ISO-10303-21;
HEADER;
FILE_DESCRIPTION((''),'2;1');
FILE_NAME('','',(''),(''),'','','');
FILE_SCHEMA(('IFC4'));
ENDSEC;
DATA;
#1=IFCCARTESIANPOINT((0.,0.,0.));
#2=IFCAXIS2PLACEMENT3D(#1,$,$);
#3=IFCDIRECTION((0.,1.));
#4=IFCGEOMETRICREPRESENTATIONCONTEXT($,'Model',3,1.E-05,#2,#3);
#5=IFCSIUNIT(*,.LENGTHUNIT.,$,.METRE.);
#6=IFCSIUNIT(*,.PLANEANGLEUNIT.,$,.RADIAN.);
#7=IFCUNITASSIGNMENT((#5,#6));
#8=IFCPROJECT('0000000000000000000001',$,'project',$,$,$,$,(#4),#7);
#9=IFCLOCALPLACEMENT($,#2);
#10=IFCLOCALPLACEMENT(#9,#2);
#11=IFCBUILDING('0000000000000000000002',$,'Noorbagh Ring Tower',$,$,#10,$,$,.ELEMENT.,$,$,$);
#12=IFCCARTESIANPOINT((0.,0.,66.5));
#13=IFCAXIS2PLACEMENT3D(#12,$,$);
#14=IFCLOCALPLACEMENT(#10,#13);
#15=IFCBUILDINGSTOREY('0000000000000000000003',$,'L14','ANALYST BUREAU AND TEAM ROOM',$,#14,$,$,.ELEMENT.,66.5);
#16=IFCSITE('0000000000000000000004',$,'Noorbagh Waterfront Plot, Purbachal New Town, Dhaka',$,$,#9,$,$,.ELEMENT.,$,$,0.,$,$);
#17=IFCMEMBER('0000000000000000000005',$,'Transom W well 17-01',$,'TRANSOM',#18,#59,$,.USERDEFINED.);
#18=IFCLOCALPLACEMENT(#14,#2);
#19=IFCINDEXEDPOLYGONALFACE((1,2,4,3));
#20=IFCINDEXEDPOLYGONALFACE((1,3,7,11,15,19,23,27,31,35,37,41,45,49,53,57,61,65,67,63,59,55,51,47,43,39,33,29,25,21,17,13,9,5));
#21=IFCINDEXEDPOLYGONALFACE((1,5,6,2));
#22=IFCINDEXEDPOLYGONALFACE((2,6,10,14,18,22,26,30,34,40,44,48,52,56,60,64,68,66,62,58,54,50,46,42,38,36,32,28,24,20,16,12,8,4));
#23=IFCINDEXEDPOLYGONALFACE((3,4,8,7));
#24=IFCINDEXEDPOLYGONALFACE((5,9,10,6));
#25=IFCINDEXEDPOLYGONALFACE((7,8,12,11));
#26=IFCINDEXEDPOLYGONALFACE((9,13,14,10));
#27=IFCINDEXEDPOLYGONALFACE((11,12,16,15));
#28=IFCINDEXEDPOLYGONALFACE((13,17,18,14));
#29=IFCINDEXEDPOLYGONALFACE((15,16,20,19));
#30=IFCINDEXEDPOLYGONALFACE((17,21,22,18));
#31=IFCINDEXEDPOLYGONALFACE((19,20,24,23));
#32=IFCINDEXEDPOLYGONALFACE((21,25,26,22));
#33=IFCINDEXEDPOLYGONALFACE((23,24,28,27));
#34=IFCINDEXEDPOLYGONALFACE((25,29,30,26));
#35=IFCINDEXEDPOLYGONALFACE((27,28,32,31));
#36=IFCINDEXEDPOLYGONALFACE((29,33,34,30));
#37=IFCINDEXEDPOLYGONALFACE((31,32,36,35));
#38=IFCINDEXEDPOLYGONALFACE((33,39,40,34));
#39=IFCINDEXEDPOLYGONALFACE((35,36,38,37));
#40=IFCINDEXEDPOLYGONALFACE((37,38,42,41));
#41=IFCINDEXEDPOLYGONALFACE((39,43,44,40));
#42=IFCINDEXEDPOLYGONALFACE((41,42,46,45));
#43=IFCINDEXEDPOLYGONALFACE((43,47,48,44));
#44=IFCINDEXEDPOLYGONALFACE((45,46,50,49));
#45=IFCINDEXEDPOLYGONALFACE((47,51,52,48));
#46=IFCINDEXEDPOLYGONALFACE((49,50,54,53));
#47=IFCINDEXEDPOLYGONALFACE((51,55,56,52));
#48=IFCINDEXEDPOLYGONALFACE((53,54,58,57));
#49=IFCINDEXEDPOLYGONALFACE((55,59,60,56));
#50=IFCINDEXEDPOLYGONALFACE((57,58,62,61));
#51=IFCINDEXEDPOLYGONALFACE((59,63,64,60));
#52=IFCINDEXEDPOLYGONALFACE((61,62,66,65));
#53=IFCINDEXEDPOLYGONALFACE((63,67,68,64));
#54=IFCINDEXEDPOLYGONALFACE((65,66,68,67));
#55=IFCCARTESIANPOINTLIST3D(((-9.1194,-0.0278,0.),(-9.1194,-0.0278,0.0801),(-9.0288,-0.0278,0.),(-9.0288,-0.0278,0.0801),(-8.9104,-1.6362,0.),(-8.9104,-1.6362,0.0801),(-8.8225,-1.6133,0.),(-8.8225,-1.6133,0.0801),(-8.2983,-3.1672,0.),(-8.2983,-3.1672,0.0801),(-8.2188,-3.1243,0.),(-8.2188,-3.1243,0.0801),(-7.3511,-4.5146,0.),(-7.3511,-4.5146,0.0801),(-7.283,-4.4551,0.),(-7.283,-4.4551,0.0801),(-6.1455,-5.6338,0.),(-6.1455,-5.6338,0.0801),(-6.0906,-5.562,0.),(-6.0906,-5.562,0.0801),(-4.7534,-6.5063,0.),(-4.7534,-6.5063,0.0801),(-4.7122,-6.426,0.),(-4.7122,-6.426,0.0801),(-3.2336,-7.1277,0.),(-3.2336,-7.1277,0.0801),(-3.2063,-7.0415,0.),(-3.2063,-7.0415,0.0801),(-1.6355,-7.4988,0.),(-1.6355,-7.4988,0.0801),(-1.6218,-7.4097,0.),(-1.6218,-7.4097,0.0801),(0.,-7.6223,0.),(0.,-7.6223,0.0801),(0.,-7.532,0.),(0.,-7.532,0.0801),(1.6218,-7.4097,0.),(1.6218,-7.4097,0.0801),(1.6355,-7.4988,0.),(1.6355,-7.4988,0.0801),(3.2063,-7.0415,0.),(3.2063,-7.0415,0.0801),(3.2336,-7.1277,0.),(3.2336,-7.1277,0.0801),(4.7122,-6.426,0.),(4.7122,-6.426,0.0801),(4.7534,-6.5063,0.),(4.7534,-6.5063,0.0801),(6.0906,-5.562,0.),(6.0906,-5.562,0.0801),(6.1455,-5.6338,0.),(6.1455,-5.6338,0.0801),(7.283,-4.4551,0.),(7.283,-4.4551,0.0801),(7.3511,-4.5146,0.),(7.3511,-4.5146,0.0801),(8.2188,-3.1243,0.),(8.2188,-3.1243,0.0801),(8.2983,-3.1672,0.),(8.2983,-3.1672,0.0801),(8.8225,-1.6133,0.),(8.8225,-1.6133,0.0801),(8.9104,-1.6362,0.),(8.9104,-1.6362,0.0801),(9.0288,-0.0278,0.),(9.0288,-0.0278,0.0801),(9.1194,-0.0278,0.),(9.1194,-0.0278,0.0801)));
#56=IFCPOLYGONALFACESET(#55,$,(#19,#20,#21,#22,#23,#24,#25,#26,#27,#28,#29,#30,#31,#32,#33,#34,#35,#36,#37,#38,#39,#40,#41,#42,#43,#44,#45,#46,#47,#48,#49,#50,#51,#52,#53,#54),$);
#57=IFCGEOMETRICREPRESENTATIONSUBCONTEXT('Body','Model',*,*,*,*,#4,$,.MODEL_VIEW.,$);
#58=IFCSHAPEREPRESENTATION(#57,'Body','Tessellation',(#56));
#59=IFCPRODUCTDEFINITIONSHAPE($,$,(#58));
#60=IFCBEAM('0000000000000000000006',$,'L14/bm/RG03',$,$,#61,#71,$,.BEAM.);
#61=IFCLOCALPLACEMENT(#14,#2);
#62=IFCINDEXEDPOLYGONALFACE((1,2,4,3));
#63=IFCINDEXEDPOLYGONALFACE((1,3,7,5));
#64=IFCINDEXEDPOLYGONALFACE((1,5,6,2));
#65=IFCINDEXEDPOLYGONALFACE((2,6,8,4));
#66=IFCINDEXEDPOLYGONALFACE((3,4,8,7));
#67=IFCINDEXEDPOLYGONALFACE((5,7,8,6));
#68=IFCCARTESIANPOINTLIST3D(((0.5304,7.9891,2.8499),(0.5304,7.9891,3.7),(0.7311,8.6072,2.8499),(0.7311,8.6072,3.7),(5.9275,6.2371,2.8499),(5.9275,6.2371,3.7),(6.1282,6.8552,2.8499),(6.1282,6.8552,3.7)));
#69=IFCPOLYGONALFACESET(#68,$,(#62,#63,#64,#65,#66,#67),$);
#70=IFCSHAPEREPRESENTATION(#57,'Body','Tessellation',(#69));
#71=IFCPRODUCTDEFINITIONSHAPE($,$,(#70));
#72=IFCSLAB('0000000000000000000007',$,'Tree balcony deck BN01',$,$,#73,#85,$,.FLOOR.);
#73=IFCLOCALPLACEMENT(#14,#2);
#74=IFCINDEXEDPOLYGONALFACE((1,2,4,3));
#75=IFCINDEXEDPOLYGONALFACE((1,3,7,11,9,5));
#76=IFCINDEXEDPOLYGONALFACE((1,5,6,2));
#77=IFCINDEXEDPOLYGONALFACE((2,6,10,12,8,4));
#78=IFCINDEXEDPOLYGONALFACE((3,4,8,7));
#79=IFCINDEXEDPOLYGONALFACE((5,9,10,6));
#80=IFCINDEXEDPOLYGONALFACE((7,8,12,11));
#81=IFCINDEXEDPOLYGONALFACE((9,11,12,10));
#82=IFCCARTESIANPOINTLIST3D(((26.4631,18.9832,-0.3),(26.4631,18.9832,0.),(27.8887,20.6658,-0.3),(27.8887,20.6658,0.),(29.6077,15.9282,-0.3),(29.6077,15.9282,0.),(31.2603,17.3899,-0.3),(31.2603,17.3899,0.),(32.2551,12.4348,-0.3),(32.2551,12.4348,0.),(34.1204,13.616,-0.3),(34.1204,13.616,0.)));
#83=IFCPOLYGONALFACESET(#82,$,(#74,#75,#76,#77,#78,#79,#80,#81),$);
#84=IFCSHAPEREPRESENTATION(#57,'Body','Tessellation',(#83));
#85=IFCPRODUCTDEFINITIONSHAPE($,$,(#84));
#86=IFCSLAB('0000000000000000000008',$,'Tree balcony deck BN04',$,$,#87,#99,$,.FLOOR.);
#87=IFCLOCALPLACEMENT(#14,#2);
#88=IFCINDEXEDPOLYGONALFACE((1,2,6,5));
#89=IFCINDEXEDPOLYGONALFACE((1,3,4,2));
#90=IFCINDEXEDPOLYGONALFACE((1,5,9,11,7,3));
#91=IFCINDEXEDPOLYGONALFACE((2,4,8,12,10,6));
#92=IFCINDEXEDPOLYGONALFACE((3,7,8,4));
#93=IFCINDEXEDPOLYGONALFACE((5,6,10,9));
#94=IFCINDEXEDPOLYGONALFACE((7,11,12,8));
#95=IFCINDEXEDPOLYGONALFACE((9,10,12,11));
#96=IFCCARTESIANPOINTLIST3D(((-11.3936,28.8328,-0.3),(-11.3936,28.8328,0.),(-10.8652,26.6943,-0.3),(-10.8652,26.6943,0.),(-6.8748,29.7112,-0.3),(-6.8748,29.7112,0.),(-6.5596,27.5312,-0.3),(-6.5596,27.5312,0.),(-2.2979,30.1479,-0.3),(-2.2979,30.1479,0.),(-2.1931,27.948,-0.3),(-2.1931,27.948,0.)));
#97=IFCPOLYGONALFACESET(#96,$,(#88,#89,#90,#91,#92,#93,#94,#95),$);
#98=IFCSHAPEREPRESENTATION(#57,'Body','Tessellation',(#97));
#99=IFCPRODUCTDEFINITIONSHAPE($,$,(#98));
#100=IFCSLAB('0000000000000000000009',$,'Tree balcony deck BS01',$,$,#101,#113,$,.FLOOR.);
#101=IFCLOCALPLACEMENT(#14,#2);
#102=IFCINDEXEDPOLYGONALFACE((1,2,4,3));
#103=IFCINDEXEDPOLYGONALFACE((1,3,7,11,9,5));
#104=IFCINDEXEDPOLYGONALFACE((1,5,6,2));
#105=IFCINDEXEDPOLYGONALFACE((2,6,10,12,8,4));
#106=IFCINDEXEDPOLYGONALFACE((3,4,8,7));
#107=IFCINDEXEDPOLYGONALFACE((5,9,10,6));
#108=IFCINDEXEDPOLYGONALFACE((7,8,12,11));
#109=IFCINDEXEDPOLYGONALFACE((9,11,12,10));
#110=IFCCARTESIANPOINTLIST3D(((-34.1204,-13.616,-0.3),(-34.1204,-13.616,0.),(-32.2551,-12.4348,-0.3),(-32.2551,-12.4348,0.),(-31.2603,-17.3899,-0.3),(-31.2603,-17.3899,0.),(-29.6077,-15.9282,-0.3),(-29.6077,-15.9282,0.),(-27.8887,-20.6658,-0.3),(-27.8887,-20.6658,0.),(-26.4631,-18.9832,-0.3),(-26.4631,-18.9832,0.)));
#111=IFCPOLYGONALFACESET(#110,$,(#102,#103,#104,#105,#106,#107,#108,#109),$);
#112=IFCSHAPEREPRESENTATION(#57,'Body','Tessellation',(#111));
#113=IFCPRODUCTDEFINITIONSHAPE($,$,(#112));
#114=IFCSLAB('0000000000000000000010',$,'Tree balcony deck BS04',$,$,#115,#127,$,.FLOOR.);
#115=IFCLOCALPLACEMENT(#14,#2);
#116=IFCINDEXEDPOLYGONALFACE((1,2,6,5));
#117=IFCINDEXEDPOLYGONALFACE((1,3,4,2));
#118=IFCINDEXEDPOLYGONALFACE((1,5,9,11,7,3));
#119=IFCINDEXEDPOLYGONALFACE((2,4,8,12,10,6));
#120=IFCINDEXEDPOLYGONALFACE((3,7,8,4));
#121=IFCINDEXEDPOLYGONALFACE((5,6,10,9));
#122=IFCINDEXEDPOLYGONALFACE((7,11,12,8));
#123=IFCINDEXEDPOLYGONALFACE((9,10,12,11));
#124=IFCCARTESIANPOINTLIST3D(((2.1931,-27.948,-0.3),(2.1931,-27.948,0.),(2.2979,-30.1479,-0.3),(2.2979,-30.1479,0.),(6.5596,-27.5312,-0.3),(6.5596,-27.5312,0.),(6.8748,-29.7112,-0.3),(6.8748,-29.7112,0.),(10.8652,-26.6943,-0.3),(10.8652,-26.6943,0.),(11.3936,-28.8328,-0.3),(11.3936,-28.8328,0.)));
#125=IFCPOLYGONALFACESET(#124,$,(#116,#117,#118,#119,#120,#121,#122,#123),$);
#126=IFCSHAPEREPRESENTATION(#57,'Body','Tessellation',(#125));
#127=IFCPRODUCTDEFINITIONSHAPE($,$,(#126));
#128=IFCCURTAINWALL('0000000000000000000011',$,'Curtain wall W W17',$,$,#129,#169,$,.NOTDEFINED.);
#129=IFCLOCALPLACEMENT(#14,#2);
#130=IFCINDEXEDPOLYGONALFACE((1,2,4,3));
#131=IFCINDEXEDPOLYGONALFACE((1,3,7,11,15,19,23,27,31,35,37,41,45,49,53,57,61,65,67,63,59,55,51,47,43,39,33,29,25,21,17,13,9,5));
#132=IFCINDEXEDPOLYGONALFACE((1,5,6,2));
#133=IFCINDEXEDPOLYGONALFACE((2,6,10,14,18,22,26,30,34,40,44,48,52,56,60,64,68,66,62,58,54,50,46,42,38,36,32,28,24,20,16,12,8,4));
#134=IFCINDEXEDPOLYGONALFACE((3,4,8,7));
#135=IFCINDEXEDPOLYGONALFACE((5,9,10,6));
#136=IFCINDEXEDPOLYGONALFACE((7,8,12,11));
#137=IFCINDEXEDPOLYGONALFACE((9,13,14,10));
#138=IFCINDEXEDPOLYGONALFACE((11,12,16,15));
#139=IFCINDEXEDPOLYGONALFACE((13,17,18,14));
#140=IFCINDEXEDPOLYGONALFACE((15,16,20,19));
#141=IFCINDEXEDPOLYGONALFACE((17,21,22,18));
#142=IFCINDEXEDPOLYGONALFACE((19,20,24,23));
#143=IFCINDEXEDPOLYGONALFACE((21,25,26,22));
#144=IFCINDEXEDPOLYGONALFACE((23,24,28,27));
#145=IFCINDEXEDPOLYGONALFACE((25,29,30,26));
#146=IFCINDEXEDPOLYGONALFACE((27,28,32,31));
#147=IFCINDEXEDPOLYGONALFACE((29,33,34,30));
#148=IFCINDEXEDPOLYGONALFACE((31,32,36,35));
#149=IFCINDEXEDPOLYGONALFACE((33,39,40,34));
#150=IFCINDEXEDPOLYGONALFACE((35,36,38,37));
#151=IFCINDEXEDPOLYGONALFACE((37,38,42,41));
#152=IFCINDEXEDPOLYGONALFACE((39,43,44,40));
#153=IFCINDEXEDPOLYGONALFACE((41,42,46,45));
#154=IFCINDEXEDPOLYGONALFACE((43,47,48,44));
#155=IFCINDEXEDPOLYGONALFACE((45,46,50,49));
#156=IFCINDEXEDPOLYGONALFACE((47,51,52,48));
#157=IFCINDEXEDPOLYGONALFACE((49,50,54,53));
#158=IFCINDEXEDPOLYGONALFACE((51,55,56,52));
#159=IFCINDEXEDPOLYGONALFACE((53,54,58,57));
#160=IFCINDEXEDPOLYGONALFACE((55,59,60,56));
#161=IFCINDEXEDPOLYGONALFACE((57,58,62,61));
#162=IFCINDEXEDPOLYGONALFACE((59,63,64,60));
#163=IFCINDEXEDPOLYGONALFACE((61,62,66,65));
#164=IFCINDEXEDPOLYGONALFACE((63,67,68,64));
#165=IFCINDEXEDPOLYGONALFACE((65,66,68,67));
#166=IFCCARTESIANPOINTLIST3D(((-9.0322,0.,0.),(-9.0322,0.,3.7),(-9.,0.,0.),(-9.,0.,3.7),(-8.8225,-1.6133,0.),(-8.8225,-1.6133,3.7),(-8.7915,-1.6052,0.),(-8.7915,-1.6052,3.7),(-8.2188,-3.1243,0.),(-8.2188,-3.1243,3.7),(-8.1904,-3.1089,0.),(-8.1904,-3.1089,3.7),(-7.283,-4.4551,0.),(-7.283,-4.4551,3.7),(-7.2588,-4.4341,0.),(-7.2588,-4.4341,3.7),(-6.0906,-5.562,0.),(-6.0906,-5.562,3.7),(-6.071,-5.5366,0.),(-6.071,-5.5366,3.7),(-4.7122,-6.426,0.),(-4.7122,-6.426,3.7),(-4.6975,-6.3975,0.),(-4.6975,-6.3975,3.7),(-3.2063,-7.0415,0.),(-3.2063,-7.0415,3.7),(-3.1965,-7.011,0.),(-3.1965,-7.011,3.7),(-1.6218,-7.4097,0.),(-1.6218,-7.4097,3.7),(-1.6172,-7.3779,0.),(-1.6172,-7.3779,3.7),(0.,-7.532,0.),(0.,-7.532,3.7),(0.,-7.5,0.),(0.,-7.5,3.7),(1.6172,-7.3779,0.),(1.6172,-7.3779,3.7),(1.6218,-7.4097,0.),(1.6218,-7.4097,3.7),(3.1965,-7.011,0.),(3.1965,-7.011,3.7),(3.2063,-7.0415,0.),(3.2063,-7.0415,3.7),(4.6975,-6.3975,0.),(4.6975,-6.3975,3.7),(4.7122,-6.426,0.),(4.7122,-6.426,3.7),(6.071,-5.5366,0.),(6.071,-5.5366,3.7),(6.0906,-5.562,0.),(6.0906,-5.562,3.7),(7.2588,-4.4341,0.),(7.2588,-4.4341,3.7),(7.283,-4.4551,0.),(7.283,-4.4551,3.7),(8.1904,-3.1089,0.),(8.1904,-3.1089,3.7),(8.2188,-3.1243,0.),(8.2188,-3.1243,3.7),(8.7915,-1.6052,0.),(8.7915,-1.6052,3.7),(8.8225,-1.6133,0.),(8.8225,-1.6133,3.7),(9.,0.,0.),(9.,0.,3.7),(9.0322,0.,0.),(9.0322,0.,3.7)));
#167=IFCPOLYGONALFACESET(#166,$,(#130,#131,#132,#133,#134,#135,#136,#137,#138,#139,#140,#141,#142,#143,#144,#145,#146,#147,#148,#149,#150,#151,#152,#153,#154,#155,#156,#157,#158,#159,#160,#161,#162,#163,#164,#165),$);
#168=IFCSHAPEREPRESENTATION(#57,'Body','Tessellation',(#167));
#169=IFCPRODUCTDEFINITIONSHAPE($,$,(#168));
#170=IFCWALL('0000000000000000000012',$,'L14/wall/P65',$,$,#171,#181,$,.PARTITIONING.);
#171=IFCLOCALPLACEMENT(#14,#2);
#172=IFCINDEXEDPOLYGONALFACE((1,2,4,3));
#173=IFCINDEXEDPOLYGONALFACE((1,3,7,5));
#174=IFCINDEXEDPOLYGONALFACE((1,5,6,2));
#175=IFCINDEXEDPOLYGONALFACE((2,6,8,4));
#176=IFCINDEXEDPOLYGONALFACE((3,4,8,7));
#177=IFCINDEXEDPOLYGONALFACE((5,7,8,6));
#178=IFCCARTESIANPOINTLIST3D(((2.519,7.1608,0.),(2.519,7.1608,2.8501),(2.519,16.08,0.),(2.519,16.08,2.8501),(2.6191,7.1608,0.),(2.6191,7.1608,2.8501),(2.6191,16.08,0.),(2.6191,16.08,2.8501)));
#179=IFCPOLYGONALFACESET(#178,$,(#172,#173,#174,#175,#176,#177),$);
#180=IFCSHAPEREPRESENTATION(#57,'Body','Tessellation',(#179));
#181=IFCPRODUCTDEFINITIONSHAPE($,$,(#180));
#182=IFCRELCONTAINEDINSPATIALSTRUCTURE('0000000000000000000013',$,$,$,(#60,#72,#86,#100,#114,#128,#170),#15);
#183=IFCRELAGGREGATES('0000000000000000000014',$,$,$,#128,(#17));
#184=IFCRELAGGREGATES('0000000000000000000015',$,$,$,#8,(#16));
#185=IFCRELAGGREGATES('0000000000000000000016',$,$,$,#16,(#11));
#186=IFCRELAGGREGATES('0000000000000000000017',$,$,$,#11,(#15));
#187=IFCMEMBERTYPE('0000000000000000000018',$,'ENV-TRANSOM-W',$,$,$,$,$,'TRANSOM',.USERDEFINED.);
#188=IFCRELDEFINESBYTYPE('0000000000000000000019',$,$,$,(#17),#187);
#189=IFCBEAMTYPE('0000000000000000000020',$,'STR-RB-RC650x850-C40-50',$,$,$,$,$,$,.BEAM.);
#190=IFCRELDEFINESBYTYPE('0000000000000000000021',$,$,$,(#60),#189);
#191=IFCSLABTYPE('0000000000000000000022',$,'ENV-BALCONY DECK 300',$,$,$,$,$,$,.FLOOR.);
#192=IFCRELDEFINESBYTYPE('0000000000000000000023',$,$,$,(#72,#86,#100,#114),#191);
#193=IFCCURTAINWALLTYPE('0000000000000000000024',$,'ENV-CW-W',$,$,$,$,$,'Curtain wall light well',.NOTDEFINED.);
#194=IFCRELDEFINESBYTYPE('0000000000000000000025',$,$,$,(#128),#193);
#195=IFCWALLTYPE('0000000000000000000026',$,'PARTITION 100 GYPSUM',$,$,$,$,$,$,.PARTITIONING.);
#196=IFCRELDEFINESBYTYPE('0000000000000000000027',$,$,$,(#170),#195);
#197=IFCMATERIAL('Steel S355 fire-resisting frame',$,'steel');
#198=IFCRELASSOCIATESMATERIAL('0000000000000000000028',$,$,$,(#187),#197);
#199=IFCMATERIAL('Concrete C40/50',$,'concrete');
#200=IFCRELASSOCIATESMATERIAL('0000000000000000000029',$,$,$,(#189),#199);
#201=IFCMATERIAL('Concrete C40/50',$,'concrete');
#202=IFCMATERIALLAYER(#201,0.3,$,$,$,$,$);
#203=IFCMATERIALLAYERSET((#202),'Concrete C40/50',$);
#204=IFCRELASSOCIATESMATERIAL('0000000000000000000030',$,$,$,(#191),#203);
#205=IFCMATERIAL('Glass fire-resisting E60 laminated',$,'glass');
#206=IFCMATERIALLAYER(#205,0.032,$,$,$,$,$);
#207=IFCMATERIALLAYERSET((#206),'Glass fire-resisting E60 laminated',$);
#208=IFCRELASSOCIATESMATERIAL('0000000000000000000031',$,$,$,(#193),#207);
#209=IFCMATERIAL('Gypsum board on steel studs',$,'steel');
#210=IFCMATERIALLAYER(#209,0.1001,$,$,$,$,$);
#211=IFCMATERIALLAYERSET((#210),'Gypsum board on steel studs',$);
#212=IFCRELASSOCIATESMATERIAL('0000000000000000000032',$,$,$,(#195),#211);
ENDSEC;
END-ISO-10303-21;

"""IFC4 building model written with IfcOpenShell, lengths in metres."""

from ifc_helpers import new_model, si_unit, direction, frame, frame_2d, origin, origin_2d, place, context, subcontext, project, spatial, polyline, rectangle, outline, extrude, material, layer, layer_set, material_profile, profile_set, type_object, element, aggregate, save


model = new_model("IFC4")

# Units and contexts
model_context = context("Model", 3, precision=1e-05, world=origin(), true_north=direction((0.0, 1.0)))
body_context = subcontext(model_context, "Body", "Model", "MODEL_VIEW")
ifc_project = project(units=[si_unit("LENGTHUNIT", "METRE"), si_unit("PLANEANGLEUNIT", "RADIAN")], contexts=[model_context])

# Site, building, storey
site_placement = place(None, origin())
site = spatial("IfcSite", under=ifc_project, at=site_placement, Name="Noorbagh Waterfront Plot, Purbachal New Town, Dhaka", CompositionType="ELEMENT", RefElevation=0.0)
building_placement = place(site_placement, origin())
building = spatial("IfcBuilding", under=site, at=building_placement, Name="Noorbagh Ring Tower", CompositionType="ELEMENT")
storey_placement = place(building_placement, frame((0.0, 0.0, 66.5)))
storey = spatial("IfcBuildingStorey", under=building, at=storey_placement, Name="L14", Description="ANALYST BUREAU AND TEAM ROOM", CompositionType="ELEMENT", Elevation=66.5)

# Member
ifc_material_1 = material(Name="Steel S355 fire-resisting frame", Category="steel")
member_type_1 = type_object("IfcMemberType", Name="ENV-TRANSOM-W", ElementType="TRANSOM", PredefinedType="USERDEFINED", material=ifc_material_1)
member_1_placement = place(storey_placement, origin())
member_1 = element("IfcMember", 1, at=member_1_placement, type_object=member_type_1, Name="Transom W well 17-01", ObjectType="TRANSOM", PredefinedType="USERDEFINED", context=body_context, shape_type="SweptSolid", body=[
    extrude(outline(polyline([(-9.1194, -0.0278), (-8.9104, -1.6362), (-8.2983, -3.1672), (-7.3511, -4.5146), (-6.1455, -5.6338), (-4.7534, -6.5063), (-3.2336, -7.1277), (-1.6355, -7.4988), (0.0, -7.6223), (1.6355, -7.4988), (3.2336, -7.1277), (4.7534, -6.5063), (6.1455, -5.6338), (7.3511, -4.5146), (8.2983, -3.1672), (8.9104, -1.6362), (9.1194, -0.0278), (9.0288, -0.0278), (8.8225, -1.6133), (8.2188, -3.1243), (7.283, -4.4551), (6.0906, -5.562), (4.7122, -6.426), (3.2063, -7.0415), (1.6218, -7.4097), (0.0, -7.532), (-1.6218, -7.4097), (-3.2063, -7.0415), (-4.7122, -6.426), (-6.0906, -5.562), (-7.283, -4.4551), (-8.2188, -3.1243), (-8.8225, -1.6133), (-9.0288, -0.0278), (-9.1194, -0.0278)])), origin(), (0.0, 0.0, 1.0), 0.0801),
])

# Beam
ifc_material_2 = material(Name="Concrete C40/50", Category="concrete")
ifc_material_profile_1 = material_profile(ifc_material_2, rectangle(XDim=0.6499, YDim=0.8501, at=origin_2d()), Name="RC650x850")
ifc_profile_set_1 = profile_set([ifc_material_profile_1], Name="Concrete C40/50")
beam_type = type_object("IfcBeamType", Name="STR-RB-RC650x850-C40-50", PredefinedType="BEAM", material=ifc_profile_set_1)
beam_placement = place(storey_placement, frame((6.0278, 6.5461, 3.2749), z_axis=(-0.951141, 0.308757, 0.0), x_axis=(-0.308757, -0.951141, 0.0)))
element("IfcBeam", 2, at=beam_placement, inside=storey, type_object=beam_type, Name="L14/bm/RG03", PredefinedType="BEAM", context=body_context, shape_type="SweptSolid", body=[
    extrude(rectangle(XDim=0.6499, YDim=0.8501, at=origin_2d()), origin(), (0.0, 0.0, 1.0), 5.6743),
])

# Slabs
ifc_material_3 = material(Name="Concrete C40/50", Category="concrete")
ifc_layer_1 = layer(ifc_material_3, 0.3)
ifc_layer_set_1 = layer_set([ifc_layer_1], Name="Concrete C40/50")
slab_type = type_object("IfcSlabType", Name="ENV-BALCONY DECK 300", PredefinedType="FLOOR", material=ifc_layer_set_1)
slab_1_placement = place(storey_placement, frame((0.0, 0.0, -0.3)))
element("IfcSlab", 3, at=slab_1_placement, inside=storey, type_object=slab_type, Name="Tree balcony deck BN01", PredefinedType="FLOOR", context=body_context, shape_type="SweptSolid", body=[
    extrude(outline(polyline([(34.1204, 13.616), (31.2603, 17.3899), (27.8887, 20.6658), (26.4631, 18.9832), (29.6077, 15.9282), (32.2551, 12.4348), (34.1204, 13.616)])), origin(), (0.0, 0.0, 1.0), 0.3),
])
slab_2_placement = place(storey_placement, frame((0.0, 0.0, -0.3)))
element("IfcSlab", 4, at=slab_2_placement, inside=storey, type_object=slab_type, Name="Tree balcony deck BN04", PredefinedType="FLOOR", context=body_context, shape_type="SweptSolid", body=[
    extrude(outline(polyline([(-2.2979, 30.1479), (-6.8748, 29.7112), (-11.3936, 28.8328), (-10.8652, 26.6943), (-6.5596, 27.5312), (-2.1931, 27.948), (-2.2979, 30.1479)])), origin(), (0.0, 0.0, 1.0), 0.3),
])
slab_3_placement = place(storey_placement, frame((0.0, 0.0, -0.3)))
element("IfcSlab", 5, at=slab_3_placement, inside=storey, type_object=slab_type, Name="Tree balcony deck BS01", PredefinedType="FLOOR", context=body_context, shape_type="SweptSolid", body=[
    extrude(outline(polyline([(-34.1204, -13.616), (-31.2603, -17.3899), (-27.8887, -20.6658), (-26.4631, -18.9832), (-29.6077, -15.9282), (-32.2551, -12.4348), (-34.1204, -13.616)])), origin(), (0.0, 0.0, 1.0), 0.3),
])
slab_4_placement = place(storey_placement, frame((0.0, 0.0, -0.3)))
element("IfcSlab", 6, at=slab_4_placement, inside=storey, type_object=slab_type, Name="Tree balcony deck BS04", PredefinedType="FLOOR", context=body_context, shape_type="SweptSolid", body=[
    extrude(outline(polyline([(2.2979, -30.1479), (6.8748, -29.7112), (11.3936, -28.8328), (10.8652, -26.6943), (6.5596, -27.5312), (2.1931, -27.948), (2.2979, -30.1479)])), origin(), (0.0, 0.0, 1.0), 0.3),
])

# Curtain wall
ifc_material_4 = material(Name="Glass fire-resisting E60 laminated", Category="glass")
ifc_layer_2 = layer(ifc_material_4, 0.032)
ifc_layer_set_2 = layer_set([ifc_layer_2], Name="Glass fire-resisting E60 laminated")
curtain_wall_type_1 = type_object("IfcCurtainWallType", Name="ENV-CW-W", ElementType="Curtain wall light well", PredefinedType="NOTDEFINED", material=ifc_layer_set_2)
curtain_wall_1_placement = place(storey_placement, origin())
curtain_wall_1 = element("IfcCurtainWall", 7, at=curtain_wall_1_placement, inside=storey, type_object=curtain_wall_type_1, Name="Curtain wall W W17", PredefinedType="NOTDEFINED", context=body_context, shape_type="SweptSolid", body=[
    extrude(outline(polyline([(-9.0322, 0.0), (-8.8225, -1.6133), (-8.2188, -3.1243), (-7.283, -4.4551), (-6.0906, -5.562), (-4.7122, -6.426), (-3.2063, -7.0415), (-1.6218, -7.4097), (0.0, -7.532), (1.6218, -7.4097), (3.2063, -7.0415), (4.7122, -6.426), (6.0906, -5.562), (7.283, -4.4551), (8.2188, -3.1243), (8.8225, -1.6133), (9.0322, 0.0), (9.0, 0.0), (8.7915, -1.6052), (8.1904, -3.1089), (7.2588, -4.4341), (6.071, -5.5366), (4.6975, -6.3975), (3.1965, -7.011), (1.6172, -7.3779), (0.0, -7.5), (-1.6172, -7.3779), (-3.1965, -7.011), (-4.6975, -6.3975), (-6.071, -5.5366), (-7.2588, -4.4341), (-8.1904, -3.1089), (-8.7915, -1.6052), (-9.0, 0.0), (-9.0322, 0.0)])), origin(), (0.0, 0.0, 1.0), 3.7),
])
aggregate(curtain_wall_1, [member_1])

# Wall
ifc_material_5 = material(Name="Gypsum board on steel studs", Category="steel")
ifc_layer_3 = layer(ifc_material_5, 0.1001)
ifc_layer_set_3 = layer_set([ifc_layer_3], Name="Gypsum board on steel studs")
wall_type = type_object("IfcWallType", Name="PARTITION 100 GYPSUM", PredefinedType="PARTITIONING", material=ifc_layer_set_3)
wall_placement = place(storey_placement, frame((2.5691, 7.1609, 0.0), z_axis=(0.0, 0.0, 1.0), x_axis=(0.0, 1.0, 0.0)))
element("IfcWall", 8, at=wall_placement, inside=storey, type_object=wall_type, Name="L14/wall/P65", PredefinedType="PARTITIONING", context=body_context, shape_type="SweptSolid", body=[
    extrude(rectangle(XDim=8.9192, YDim=0.1001, at=frame_2d((4.4595, 0.0))), origin(), (0.0, 0.0, 1.0), 2.8501),
])

save(model, "model.ifc")
